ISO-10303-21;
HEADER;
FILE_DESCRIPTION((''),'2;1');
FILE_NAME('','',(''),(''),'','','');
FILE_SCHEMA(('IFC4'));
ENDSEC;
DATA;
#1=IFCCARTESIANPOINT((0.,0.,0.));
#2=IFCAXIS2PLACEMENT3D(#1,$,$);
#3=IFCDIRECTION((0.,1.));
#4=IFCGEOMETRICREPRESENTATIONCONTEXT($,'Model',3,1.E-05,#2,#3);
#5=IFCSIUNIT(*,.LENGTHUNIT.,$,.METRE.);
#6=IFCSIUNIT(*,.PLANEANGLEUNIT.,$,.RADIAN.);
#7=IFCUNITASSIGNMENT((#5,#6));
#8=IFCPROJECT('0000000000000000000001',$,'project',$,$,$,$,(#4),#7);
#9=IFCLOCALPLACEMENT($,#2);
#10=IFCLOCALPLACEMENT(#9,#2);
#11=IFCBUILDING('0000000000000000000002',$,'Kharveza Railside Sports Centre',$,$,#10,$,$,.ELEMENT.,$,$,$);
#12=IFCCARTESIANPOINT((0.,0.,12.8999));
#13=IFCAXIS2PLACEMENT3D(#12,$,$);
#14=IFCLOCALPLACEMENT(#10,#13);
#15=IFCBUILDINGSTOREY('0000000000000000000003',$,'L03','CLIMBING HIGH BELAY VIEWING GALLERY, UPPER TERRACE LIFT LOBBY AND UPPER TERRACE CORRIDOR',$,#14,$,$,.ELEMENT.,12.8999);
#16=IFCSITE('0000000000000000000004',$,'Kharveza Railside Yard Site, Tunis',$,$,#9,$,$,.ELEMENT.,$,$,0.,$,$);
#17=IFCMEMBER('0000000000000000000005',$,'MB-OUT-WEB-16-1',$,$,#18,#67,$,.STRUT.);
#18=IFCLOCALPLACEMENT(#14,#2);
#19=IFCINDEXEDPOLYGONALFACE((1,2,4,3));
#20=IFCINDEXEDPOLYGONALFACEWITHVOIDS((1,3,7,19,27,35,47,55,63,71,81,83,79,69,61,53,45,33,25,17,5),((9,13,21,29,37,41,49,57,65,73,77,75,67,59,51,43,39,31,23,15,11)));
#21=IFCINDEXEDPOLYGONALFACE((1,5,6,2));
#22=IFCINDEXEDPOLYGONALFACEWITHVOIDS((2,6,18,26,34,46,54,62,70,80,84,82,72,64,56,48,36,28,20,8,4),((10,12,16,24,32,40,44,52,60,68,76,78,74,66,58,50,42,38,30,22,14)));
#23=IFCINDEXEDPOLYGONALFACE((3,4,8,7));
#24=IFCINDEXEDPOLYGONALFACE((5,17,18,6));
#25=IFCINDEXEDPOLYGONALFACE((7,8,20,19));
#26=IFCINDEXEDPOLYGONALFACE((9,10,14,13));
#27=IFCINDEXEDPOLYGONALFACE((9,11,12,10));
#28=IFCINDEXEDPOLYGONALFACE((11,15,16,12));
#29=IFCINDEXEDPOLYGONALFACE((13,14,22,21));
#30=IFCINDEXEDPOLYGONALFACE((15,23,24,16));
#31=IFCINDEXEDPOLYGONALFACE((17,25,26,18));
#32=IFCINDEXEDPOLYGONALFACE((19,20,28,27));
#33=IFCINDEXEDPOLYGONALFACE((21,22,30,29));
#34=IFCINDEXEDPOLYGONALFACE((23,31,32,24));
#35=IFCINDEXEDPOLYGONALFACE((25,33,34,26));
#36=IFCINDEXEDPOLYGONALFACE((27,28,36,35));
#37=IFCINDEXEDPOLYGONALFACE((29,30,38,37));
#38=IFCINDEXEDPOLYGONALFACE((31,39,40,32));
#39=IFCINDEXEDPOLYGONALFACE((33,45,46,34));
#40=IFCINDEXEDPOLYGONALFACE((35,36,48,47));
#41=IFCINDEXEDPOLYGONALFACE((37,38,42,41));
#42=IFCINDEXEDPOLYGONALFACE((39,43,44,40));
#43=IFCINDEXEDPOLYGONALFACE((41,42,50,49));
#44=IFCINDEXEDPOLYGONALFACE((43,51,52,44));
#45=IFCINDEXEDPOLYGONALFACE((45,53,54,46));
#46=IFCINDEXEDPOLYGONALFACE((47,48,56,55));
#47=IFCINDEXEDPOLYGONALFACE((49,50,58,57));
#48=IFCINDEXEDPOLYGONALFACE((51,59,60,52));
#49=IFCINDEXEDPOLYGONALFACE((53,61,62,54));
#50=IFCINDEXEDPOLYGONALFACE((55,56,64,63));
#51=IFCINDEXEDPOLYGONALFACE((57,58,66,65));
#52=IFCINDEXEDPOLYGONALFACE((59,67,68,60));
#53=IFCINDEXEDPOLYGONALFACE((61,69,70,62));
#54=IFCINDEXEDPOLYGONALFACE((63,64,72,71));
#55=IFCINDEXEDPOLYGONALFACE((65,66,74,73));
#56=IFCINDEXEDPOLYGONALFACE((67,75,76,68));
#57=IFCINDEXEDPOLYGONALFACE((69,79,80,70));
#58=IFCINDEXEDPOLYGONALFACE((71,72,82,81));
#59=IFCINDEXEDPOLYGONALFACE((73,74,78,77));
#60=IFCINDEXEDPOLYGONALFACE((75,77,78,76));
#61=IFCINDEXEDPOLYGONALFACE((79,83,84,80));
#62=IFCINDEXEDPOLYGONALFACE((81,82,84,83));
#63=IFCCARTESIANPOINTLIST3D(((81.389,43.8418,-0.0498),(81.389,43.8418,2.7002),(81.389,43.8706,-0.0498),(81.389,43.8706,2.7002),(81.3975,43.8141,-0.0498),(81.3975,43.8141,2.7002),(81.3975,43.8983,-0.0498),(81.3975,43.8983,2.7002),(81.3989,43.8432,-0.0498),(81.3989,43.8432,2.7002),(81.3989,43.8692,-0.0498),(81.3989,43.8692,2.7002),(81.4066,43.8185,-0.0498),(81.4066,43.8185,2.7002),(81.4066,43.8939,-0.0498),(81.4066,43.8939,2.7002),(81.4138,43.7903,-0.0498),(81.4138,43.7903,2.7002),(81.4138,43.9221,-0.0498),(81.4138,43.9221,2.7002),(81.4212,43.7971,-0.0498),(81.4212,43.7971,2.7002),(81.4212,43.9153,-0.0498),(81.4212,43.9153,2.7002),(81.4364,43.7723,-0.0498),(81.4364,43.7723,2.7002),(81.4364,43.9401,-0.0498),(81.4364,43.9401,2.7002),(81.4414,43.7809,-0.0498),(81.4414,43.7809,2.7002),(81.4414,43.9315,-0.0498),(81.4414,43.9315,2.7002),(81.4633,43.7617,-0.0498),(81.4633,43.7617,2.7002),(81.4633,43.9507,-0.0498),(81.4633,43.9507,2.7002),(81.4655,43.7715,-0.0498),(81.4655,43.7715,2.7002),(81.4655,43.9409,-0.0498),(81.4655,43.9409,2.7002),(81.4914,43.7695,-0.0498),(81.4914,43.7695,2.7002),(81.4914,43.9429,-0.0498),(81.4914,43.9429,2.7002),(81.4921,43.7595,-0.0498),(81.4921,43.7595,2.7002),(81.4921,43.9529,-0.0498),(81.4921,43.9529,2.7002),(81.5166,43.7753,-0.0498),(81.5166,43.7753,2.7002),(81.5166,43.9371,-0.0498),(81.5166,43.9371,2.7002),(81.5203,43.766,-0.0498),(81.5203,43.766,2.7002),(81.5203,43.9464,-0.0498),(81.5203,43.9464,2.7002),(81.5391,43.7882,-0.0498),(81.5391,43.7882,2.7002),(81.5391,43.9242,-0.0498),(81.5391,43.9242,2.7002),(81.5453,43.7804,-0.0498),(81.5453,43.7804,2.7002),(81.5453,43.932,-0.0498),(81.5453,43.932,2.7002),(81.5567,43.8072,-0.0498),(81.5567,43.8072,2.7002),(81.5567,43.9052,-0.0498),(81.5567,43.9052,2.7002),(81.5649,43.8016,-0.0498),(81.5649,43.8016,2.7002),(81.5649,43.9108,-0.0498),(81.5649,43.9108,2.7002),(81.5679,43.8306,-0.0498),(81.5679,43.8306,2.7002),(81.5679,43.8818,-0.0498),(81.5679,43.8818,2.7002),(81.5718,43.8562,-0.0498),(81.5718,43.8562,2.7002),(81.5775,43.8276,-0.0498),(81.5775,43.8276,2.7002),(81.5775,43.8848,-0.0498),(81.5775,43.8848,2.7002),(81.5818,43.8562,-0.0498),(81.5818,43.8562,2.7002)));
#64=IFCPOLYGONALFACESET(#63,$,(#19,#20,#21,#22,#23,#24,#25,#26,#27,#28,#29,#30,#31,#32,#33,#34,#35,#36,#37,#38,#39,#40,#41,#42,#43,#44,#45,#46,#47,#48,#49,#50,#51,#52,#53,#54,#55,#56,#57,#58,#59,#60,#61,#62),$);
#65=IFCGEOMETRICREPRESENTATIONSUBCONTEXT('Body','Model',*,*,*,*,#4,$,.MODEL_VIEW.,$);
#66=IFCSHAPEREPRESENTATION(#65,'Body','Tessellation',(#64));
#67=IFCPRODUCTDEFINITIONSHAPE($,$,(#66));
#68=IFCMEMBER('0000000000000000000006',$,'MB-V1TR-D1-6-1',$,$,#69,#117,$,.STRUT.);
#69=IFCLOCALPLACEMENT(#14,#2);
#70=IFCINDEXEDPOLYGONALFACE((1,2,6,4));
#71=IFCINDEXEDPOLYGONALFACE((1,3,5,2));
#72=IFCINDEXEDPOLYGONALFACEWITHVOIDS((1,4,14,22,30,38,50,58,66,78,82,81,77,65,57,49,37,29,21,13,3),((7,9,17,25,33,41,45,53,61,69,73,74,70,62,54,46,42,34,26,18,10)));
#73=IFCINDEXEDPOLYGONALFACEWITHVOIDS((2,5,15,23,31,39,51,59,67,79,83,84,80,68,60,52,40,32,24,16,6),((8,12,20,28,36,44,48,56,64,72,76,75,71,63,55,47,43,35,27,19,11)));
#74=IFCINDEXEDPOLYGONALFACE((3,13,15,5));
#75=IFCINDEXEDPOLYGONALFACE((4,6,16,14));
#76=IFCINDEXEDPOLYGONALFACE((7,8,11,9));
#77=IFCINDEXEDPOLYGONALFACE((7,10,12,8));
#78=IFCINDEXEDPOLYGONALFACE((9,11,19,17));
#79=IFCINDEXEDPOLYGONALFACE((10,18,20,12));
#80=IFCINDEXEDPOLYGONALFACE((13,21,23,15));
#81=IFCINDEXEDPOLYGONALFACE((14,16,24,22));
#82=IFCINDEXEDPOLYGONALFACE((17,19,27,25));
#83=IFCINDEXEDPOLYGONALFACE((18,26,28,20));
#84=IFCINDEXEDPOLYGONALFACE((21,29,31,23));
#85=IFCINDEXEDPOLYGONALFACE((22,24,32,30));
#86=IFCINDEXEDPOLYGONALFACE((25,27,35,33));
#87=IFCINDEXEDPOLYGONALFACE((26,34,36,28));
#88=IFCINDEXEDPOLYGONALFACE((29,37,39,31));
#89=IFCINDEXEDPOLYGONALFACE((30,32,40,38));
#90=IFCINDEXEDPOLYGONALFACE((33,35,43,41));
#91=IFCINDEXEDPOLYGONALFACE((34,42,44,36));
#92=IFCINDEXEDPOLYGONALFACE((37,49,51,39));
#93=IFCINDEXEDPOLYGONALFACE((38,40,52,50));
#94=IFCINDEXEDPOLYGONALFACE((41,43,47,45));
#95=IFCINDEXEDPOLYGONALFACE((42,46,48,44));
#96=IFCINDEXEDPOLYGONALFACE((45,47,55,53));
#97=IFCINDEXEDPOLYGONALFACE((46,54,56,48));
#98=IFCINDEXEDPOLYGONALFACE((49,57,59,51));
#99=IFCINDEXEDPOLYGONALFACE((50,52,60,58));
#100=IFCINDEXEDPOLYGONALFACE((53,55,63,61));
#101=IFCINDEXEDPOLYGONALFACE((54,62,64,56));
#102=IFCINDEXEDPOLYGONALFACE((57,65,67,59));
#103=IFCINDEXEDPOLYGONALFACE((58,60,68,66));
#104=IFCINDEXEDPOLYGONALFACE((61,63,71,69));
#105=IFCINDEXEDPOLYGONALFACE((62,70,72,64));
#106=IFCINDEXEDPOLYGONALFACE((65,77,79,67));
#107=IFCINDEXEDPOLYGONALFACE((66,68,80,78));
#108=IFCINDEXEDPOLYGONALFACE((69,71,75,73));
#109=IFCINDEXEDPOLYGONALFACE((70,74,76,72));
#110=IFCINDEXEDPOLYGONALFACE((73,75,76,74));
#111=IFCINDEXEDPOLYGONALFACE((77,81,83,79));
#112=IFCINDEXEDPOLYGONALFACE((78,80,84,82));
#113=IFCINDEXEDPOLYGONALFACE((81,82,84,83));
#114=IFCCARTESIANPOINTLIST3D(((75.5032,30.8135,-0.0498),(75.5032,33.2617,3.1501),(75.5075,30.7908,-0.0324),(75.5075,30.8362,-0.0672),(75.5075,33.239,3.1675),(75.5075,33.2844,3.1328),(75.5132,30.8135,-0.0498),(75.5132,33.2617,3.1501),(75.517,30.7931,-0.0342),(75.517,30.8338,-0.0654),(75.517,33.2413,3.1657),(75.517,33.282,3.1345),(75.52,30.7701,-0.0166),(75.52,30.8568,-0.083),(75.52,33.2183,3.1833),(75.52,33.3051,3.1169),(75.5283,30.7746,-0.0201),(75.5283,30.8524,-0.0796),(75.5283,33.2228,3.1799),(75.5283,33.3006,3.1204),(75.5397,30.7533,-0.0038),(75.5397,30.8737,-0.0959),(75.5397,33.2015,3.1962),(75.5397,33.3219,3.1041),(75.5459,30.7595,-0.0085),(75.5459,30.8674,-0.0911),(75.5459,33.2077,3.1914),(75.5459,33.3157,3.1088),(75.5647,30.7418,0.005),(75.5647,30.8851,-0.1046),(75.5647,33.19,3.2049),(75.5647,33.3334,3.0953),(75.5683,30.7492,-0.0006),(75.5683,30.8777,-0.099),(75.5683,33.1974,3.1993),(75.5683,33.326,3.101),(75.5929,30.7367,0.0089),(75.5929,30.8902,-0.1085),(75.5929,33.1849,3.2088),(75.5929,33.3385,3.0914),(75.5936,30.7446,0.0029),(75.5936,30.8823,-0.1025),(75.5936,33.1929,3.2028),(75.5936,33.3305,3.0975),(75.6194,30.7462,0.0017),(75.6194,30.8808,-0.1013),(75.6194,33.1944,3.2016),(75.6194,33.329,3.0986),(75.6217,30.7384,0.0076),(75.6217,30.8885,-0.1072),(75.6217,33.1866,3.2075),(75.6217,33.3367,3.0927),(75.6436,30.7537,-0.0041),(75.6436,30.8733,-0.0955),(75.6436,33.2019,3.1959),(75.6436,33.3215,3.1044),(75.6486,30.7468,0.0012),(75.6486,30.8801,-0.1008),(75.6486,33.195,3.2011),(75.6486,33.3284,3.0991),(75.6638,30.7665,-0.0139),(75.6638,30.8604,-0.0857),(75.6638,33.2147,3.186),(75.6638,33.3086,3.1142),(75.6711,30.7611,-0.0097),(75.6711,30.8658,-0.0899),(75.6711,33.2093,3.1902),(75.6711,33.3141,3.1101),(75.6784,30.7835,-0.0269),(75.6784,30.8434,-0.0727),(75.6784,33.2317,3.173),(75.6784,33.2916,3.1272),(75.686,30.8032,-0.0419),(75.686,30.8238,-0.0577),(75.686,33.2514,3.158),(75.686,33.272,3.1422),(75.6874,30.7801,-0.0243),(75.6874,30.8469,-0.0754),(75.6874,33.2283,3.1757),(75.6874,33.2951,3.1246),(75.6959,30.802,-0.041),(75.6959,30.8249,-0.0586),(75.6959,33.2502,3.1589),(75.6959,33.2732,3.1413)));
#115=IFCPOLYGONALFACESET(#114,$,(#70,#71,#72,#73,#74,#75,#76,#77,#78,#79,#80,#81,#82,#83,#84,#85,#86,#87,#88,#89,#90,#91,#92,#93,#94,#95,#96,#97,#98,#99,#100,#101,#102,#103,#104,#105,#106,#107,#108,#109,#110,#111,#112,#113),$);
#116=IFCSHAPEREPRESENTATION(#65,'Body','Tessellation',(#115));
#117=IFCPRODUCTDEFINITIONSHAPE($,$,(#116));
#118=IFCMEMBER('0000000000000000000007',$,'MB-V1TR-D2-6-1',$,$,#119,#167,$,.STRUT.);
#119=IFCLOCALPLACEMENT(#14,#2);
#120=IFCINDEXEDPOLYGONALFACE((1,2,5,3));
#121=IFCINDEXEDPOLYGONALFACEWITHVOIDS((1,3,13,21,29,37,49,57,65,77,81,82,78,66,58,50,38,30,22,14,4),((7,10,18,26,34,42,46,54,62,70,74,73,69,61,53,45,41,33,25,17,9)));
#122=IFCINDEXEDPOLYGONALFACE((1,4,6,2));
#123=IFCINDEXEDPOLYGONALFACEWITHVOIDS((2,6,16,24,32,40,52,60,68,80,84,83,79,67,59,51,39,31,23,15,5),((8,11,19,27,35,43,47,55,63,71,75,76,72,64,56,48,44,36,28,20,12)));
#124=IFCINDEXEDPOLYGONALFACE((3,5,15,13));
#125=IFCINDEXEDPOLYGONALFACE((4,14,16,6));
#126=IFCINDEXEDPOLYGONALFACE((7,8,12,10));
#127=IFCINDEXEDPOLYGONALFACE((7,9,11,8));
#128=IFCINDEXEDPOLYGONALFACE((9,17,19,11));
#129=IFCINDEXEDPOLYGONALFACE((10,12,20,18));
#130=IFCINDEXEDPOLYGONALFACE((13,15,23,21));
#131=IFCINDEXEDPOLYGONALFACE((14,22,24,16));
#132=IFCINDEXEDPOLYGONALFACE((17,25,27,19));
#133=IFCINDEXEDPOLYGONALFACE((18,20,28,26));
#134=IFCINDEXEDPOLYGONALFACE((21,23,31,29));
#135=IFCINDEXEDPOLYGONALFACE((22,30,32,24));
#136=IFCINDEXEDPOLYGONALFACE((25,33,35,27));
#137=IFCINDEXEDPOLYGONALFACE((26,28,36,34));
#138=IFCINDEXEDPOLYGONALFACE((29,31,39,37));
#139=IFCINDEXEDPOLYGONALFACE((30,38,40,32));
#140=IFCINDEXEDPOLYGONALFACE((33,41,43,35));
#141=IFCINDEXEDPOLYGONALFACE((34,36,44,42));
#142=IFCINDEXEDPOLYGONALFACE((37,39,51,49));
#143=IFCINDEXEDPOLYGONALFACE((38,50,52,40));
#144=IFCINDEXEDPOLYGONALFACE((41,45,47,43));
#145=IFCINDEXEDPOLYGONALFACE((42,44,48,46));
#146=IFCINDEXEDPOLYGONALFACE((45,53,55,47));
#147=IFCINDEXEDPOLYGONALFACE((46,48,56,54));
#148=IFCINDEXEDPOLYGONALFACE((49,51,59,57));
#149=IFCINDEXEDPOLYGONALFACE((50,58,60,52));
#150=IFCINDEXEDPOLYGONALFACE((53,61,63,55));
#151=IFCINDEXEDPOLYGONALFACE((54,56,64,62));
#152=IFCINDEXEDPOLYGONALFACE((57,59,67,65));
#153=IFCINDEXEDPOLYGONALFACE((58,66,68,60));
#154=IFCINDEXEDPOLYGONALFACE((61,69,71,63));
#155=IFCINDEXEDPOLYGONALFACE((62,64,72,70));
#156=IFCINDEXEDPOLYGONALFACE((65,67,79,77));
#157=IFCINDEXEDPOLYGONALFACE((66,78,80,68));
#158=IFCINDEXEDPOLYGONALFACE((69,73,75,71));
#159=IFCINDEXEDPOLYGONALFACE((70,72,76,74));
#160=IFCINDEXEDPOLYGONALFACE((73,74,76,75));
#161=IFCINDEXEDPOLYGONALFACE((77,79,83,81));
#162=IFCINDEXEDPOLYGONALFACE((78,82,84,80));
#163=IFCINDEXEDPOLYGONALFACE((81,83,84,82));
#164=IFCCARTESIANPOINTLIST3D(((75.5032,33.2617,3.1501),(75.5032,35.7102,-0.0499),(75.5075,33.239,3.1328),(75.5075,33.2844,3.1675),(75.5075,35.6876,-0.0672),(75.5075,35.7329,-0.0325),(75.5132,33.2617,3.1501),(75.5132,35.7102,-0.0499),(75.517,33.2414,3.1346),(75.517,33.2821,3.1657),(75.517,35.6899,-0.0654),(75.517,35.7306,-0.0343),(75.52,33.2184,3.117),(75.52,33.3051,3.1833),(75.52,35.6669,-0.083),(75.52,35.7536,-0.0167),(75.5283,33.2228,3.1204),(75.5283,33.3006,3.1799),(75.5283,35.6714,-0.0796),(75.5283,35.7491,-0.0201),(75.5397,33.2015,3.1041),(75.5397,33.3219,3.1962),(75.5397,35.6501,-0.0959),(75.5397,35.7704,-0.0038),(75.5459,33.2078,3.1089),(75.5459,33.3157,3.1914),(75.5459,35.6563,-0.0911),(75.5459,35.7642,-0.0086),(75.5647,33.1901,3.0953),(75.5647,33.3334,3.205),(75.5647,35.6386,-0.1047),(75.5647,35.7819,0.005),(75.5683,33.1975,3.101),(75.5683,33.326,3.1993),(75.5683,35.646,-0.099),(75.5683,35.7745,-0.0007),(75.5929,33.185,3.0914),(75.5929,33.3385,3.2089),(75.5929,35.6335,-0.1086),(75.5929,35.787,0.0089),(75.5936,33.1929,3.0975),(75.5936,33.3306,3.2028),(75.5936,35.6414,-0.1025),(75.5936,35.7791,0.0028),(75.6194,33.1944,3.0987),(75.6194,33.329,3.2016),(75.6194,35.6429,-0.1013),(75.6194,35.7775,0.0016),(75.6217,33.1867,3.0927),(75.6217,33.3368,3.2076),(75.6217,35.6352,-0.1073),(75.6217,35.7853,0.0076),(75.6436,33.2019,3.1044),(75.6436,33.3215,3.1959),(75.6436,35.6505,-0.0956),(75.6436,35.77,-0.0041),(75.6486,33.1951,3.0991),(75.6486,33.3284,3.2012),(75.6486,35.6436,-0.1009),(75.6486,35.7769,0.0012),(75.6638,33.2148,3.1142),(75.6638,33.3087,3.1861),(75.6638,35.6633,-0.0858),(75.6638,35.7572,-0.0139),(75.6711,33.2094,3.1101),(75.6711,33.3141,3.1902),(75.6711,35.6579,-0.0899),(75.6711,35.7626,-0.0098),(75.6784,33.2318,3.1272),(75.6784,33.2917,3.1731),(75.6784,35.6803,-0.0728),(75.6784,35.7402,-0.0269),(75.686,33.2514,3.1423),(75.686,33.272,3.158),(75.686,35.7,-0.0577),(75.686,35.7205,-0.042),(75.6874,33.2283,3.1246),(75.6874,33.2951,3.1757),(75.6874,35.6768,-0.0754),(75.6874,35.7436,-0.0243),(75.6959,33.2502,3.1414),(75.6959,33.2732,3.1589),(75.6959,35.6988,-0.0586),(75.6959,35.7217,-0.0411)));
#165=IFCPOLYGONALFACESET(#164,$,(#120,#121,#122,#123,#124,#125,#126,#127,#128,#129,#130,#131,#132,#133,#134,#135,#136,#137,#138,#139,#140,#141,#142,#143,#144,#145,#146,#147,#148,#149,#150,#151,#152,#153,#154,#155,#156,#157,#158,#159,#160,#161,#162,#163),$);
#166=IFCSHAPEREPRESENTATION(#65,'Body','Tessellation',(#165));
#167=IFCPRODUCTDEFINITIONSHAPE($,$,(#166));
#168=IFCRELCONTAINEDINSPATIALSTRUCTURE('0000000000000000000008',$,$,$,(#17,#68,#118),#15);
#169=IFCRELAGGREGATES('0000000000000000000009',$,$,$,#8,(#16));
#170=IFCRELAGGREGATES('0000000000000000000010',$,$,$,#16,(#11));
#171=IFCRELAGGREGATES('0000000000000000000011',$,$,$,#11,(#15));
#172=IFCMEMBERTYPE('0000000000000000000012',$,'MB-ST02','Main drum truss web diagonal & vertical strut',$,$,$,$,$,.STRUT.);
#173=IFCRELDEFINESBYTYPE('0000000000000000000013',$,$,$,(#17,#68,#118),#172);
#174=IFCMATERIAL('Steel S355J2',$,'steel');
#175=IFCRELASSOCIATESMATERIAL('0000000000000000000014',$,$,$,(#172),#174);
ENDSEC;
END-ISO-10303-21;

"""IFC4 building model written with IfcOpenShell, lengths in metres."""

from ifc_helpers import new_model, si_unit, direction, frame, origin, origin_2d, place, context, subcontext, project, spatial, hollow_circle, extrude, material, material_profile, profile_set, type_object, element, save


model = new_model("IFC4")

# Units and contexts
model_context = context("Model", 3, precision=1e-05, world=origin(), true_north=direction((0.0, 1.0)))
body_context = subcontext(model_context, "Body", "Model", "MODEL_VIEW")
ifc_project = project(units=[si_unit("LENGTHUNIT", "METRE"), si_unit("PLANEANGLEUNIT", "RADIAN")], contexts=[model_context])

# Site, building, storey
site_placement = place(None, origin())
site = spatial("IfcSite", under=ifc_project, at=site_placement, Name="Kharveza Railside Yard Site, Tunis", CompositionType="ELEMENT", RefElevation=0.0)
building_placement = place(site_placement, origin())
building = spatial("IfcBuilding", under=site, at=building_placement, Name="Kharveza Railside Sports Centre", CompositionType="ELEMENT")
storey_placement = place(building_placement, frame((0.0, 0.0, 12.8999)))
storey = spatial("IfcBuildingStorey", under=building, at=storey_placement, Name="L03", Description="CLIMBING HIGH BELAY VIEWING GALLERY, UPPER TERRACE LIFT LOBBY AND UPPER TERRACE CORRIDOR", CompositionType="ELEMENT", Elevation=12.8999)

# Shared definitions
ifc_material_1 = material(Name="Steel S355J2", Category="steel")

# Members
ifc_material_profile_1 = material_profile(ifc_material_1, hollow_circle(Radius=0.0969, WallThickness=0.01, at=origin_2d()), Name="CHS 193.7x10.0")
ifc_profile_set_1 = profile_set([ifc_material_profile_1], Name="Steel S355J2")
member_type_1 = type_object("IfcMemberType", Name="MB-ST02", Description="Main drum truss web diagonal & vertical strut", PredefinedType="STRUT", material=ifc_profile_set_1)
member_1_placement = place(storey_placement, frame((81.4849, 43.8562, -0.0498), z_axis=(0.0, 0.0, 1.0), x_axis=(1.0, 0.0, 0.0)))
element("IfcMember", 1, at=member_1_placement, inside=storey, type_object=member_type_1, Name="MB-OUT-WEB-16-1", PredefinedType="STRUT", context=body_context, shape_type="SweptSolid", body=[
    extrude(hollow_circle(Radius=0.0969, WallThickness=0.01, at=origin_2d()), origin(), (0.0, 0.0, 1.0), 2.75),
])
member_2_placement = place(storey_placement, frame((75.6001, 30.8135, -0.0498), z_axis=(0.0, 0.607641, 0.794212), x_axis=(-1.0, 0.0, 0.0)))
element("IfcMember", 2, at=member_2_placement, inside=storey, type_object=member_type_1, Name="MB-V1TR-D1-6-1", PredefinedType="STRUT", context=body_context, shape_type="SweptSolid", body=[
    extrude(hollow_circle(Radius=0.0969, WallThickness=0.01, at=origin_2d()), origin(), (0.0, 0.0, 1.0), 4.0291),
])
member_3_placement = place(storey_placement, frame((75.6001, 33.2617, 3.1501), z_axis=(0.0, 0.607679, -0.794182), x_axis=(-1.0, 0.0, 0.0)))
element("IfcMember", 3, at=member_3_placement, inside=storey, type_object=member_type_1, Name="MB-V1TR-D2-6-1", PredefinedType="STRUT", context=body_context, shape_type="SweptSolid", body=[
    extrude(hollow_circle(Radius=0.0969, WallThickness=0.01, at=origin_2d()), origin(), (0.0, 0.0, 1.0), 4.0293),
])

save(model, "model.ifc")
